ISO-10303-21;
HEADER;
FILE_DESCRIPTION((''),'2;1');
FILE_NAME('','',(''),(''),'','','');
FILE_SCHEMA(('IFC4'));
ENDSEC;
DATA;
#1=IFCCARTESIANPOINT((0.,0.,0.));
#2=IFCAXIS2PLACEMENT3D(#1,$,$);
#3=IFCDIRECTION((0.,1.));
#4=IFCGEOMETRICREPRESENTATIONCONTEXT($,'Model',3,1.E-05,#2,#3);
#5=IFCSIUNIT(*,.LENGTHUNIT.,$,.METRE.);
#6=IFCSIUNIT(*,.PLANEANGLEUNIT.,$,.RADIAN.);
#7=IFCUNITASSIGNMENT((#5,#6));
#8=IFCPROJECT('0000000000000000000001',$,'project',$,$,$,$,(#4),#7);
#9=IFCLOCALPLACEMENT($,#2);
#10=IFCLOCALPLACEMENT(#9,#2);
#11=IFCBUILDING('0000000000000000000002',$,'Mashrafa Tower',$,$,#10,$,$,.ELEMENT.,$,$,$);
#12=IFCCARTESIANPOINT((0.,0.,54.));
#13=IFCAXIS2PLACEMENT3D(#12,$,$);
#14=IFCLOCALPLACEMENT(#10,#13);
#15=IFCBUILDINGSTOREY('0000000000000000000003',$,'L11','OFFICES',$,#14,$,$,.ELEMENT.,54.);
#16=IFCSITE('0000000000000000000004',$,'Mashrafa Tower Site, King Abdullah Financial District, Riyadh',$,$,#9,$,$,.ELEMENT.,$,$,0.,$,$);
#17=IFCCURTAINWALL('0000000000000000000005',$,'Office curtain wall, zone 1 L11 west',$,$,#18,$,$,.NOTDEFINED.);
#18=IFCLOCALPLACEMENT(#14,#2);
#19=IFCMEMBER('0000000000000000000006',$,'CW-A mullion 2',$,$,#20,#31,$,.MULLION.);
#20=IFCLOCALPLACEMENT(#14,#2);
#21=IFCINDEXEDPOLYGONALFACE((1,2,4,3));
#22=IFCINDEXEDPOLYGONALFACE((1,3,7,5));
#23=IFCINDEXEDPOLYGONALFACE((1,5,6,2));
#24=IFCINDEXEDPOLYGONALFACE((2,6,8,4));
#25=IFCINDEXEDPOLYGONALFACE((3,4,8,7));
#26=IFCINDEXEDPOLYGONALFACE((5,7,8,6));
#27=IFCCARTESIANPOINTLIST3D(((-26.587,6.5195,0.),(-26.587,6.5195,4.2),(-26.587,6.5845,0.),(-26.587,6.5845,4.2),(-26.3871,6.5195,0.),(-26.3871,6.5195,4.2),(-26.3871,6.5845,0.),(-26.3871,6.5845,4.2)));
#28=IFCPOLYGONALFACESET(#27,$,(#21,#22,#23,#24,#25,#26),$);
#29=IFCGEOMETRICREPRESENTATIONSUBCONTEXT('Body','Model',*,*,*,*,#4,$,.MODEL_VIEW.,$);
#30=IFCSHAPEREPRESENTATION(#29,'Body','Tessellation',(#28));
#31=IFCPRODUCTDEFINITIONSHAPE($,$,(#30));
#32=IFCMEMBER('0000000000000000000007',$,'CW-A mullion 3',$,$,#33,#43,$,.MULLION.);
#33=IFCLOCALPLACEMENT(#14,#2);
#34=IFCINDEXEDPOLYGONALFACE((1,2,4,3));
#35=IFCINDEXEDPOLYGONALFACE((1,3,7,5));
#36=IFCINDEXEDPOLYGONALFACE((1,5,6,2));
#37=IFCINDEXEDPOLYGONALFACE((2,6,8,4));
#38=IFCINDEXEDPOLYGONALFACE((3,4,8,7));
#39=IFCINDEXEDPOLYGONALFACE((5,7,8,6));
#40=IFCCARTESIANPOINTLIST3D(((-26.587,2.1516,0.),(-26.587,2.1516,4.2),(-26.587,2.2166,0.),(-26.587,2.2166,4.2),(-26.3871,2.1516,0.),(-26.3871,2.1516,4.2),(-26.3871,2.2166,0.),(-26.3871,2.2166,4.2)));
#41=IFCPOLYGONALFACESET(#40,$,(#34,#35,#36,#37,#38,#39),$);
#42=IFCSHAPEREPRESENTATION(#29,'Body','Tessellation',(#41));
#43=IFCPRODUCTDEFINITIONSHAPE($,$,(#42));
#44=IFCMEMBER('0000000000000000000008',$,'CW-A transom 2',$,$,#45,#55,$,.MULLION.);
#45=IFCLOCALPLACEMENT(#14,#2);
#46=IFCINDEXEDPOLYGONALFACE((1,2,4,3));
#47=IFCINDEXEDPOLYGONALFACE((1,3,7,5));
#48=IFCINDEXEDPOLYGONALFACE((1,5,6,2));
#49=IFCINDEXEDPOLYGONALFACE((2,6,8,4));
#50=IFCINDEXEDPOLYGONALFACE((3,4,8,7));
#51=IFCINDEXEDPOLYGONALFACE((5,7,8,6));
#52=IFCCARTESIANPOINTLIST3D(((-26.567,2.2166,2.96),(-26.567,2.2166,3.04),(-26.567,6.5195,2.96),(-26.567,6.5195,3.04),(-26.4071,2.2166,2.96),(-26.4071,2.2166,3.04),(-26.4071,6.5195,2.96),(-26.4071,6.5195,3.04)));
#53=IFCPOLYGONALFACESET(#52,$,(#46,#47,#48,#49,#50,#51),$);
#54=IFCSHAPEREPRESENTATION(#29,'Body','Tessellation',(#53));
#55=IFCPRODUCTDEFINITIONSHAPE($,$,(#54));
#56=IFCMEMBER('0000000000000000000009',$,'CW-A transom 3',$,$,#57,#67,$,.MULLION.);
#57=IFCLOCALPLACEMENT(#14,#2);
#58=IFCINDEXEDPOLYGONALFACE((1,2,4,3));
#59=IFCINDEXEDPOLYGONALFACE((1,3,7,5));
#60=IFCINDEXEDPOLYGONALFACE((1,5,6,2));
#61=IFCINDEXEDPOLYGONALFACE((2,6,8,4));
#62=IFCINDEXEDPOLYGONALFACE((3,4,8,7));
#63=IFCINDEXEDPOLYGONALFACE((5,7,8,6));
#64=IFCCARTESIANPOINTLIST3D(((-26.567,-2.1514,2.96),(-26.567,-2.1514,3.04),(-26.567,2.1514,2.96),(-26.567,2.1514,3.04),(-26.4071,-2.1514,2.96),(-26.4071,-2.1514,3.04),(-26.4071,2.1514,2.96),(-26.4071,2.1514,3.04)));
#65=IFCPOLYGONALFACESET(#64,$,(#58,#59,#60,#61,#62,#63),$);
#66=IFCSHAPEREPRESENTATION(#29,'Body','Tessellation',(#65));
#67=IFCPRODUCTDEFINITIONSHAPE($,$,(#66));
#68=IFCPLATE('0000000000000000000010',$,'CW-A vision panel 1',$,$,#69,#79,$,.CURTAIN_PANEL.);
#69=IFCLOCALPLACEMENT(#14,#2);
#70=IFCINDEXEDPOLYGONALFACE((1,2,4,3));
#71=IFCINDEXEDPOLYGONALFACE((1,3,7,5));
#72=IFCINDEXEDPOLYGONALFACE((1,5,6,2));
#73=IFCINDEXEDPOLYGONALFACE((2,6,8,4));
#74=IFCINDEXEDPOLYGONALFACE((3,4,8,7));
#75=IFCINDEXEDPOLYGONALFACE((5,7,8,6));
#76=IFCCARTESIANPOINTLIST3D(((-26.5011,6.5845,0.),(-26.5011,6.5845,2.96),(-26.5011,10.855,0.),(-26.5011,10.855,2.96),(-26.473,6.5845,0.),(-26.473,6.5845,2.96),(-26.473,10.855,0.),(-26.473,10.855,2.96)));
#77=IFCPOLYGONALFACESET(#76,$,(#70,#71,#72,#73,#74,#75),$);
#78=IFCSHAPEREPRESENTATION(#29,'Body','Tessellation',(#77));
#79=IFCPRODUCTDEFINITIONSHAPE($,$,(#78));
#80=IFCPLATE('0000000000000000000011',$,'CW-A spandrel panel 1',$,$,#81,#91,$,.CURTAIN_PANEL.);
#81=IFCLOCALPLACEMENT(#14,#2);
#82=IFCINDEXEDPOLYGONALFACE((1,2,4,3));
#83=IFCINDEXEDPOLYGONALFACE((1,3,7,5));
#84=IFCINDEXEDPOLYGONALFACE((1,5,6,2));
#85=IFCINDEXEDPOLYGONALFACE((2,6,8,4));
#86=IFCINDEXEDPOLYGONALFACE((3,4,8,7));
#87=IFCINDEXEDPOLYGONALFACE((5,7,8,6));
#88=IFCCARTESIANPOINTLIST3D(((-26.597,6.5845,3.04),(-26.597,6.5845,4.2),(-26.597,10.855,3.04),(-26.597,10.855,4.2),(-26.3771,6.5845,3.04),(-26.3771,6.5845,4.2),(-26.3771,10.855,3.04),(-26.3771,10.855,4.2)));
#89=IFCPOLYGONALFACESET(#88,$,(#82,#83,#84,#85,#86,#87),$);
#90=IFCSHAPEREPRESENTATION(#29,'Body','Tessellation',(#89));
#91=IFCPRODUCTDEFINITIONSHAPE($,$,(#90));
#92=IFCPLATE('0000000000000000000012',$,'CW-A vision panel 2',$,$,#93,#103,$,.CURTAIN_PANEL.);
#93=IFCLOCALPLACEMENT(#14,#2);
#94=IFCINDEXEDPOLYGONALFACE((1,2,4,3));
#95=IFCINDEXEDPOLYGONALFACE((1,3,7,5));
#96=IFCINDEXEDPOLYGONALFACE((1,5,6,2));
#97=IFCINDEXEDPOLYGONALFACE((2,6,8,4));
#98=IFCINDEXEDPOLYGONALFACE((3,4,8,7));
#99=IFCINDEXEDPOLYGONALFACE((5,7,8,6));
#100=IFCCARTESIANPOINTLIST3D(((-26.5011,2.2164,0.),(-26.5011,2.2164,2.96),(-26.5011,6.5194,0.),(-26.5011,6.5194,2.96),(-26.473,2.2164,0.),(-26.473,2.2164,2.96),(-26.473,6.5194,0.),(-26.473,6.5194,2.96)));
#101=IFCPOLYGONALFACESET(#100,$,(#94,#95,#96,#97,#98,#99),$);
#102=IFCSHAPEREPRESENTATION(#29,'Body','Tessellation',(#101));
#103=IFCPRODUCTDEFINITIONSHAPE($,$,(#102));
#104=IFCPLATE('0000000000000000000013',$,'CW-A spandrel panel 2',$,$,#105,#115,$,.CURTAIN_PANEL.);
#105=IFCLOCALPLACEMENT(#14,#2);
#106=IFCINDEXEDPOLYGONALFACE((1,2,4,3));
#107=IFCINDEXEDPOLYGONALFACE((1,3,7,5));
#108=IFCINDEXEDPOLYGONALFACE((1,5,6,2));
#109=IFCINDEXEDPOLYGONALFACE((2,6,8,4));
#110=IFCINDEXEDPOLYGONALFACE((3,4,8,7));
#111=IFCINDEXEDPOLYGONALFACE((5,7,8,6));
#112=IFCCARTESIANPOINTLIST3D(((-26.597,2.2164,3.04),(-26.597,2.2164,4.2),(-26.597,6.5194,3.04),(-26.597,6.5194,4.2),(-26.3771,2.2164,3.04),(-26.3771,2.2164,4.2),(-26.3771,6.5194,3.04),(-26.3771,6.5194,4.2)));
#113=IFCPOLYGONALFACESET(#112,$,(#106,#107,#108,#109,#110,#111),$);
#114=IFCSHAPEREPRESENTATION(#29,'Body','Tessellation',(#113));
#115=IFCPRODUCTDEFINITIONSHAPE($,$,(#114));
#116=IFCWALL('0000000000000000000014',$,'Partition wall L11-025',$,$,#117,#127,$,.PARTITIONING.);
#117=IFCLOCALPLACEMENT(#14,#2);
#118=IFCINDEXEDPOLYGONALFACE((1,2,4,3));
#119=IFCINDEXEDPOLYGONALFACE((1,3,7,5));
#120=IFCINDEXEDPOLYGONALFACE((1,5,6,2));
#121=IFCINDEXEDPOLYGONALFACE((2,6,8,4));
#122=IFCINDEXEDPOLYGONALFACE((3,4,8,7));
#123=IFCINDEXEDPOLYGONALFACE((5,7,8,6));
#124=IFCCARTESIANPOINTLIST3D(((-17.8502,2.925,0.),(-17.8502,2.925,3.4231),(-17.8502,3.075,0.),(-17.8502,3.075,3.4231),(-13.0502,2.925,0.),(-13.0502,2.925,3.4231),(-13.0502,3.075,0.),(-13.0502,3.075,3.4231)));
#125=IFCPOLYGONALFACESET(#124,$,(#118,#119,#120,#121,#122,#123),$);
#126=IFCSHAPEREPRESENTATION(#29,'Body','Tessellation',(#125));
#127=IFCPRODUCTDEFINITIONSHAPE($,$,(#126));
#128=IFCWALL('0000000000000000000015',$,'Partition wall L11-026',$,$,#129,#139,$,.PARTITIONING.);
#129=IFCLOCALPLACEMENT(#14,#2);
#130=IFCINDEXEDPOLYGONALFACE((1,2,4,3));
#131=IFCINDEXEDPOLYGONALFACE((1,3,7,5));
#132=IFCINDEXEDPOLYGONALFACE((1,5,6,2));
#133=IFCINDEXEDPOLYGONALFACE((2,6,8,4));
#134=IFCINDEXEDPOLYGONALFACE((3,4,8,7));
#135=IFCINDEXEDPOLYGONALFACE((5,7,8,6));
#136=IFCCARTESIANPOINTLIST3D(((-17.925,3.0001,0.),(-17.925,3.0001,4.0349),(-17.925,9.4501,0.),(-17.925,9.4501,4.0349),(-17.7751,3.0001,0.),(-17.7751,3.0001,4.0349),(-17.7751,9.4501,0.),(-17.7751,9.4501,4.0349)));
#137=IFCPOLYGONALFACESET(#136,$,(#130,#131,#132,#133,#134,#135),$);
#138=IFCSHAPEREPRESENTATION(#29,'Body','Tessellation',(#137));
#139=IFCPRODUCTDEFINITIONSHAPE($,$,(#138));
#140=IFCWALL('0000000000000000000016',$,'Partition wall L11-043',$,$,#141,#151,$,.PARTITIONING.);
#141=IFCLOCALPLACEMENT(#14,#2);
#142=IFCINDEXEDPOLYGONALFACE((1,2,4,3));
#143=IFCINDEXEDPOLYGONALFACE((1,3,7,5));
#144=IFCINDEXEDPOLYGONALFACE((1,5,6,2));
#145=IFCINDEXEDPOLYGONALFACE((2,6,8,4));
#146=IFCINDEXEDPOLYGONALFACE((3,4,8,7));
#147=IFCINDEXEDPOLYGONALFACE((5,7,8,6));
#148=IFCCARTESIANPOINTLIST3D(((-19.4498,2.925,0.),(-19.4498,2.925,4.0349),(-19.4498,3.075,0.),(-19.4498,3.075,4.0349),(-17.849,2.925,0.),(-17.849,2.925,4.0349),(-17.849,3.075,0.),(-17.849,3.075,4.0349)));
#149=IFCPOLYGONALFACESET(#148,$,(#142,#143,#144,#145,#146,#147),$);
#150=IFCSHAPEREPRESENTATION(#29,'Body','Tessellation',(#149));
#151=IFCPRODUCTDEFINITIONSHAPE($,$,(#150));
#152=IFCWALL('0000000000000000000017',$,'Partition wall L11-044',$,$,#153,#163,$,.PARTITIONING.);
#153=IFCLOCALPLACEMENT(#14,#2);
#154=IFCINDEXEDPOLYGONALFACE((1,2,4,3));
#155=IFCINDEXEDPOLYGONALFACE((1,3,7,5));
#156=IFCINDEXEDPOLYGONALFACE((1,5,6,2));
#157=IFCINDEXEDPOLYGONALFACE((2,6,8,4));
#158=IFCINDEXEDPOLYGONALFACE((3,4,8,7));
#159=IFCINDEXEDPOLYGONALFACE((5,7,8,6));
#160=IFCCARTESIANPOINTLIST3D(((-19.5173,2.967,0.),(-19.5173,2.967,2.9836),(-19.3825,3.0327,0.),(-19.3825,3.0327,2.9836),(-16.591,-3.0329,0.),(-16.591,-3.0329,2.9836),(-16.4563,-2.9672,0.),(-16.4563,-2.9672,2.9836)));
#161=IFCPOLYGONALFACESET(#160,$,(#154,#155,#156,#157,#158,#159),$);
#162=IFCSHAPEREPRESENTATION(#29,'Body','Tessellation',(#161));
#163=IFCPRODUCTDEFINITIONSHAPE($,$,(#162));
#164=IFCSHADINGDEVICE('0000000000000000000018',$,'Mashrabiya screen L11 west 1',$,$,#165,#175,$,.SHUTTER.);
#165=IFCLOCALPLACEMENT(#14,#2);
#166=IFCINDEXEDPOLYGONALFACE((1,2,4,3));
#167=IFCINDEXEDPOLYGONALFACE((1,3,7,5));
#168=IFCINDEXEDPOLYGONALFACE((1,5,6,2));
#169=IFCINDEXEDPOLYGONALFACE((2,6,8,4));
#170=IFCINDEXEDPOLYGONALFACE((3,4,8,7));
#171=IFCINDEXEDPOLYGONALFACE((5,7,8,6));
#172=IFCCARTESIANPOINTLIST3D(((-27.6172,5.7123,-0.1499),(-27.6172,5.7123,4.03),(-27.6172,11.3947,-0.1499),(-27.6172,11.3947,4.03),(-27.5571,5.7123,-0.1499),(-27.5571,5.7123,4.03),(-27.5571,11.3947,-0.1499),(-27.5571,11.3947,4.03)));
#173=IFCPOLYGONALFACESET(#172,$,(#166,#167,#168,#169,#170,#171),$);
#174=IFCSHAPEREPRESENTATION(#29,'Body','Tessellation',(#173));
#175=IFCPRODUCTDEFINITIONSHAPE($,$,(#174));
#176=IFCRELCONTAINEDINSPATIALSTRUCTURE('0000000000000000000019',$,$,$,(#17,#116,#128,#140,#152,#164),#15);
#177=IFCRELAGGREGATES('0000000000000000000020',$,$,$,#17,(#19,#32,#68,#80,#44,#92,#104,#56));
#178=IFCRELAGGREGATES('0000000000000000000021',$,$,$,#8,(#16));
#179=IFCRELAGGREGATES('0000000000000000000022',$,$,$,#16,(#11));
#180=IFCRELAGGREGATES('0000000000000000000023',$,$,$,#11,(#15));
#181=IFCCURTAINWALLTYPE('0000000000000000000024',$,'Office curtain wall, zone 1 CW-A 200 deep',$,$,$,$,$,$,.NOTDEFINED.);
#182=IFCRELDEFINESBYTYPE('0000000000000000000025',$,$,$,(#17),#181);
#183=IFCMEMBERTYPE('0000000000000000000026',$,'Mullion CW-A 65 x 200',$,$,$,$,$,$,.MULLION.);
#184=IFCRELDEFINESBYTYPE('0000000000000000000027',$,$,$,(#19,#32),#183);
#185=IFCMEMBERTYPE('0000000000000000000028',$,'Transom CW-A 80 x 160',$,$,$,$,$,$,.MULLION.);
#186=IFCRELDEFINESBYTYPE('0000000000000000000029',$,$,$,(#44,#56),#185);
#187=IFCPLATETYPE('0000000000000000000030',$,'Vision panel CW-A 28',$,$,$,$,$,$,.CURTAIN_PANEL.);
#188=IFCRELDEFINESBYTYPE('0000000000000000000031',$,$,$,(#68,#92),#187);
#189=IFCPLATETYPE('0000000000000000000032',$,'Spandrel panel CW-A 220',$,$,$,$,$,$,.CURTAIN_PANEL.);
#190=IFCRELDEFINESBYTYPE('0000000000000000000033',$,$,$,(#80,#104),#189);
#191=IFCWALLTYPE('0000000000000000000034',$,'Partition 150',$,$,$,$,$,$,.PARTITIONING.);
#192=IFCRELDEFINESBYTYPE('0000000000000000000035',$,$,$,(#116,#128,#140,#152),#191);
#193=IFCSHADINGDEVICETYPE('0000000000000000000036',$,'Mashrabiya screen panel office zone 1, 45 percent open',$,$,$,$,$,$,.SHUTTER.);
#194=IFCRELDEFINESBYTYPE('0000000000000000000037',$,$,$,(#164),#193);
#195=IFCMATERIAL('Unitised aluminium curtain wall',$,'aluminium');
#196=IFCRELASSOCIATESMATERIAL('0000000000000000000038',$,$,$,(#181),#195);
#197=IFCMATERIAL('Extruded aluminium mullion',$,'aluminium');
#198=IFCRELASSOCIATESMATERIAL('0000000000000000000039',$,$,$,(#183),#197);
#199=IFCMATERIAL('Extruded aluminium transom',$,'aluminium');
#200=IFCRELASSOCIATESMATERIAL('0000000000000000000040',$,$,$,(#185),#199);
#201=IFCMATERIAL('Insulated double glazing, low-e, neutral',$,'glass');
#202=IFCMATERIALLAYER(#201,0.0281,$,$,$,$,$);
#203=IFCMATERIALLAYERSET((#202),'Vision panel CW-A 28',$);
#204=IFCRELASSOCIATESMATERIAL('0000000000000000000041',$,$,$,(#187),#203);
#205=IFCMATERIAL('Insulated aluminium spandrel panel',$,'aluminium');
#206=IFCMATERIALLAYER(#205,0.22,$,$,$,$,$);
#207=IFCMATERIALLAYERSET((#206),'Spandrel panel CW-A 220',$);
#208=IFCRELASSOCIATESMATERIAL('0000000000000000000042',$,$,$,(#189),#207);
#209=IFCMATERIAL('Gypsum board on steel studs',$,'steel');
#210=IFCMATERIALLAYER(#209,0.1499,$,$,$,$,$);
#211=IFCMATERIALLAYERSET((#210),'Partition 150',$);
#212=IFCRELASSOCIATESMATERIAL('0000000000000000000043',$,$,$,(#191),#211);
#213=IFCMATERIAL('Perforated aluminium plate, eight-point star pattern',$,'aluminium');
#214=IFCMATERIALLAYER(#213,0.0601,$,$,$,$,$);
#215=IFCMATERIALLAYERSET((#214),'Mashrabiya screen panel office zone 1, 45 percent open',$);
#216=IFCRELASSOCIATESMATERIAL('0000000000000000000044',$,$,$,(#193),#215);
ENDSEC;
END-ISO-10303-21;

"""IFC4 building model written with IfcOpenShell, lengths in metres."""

from ifc_helpers import new_model, si_unit, direction, frame, frame_2d, origin, origin_2d, place, context, subcontext, project, spatial, rectangle, extrude, source, transform, mapped, material, layer, layer_set, material_profile, profile_set, type_object, type_shapes, element, aggregate, save


model = new_model("IFC4")

# Units and contexts
model_context = context("Model", 3, precision=1e-05, world=origin(), true_north=direction((0.0, 1.0)))
body_context = subcontext(model_context, "Body", "Model", "MODEL_VIEW")
ifc_project = project(units=[si_unit("LENGTHUNIT", "METRE"), si_unit("PLANEANGLEUNIT", "RADIAN")], contexts=[model_context])

# Site, building, storey
site_placement = place(None, origin())
site = spatial("IfcSite", under=ifc_project, at=site_placement, Name="Mashrafa Tower Site, King Abdullah Financial District, Riyadh", CompositionType="ELEMENT", RefElevation=0.0)
building_placement = place(site_placement, origin())
building = spatial("IfcBuilding", under=site, at=building_placement, Name="Mashrafa Tower", CompositionType="ELEMENT")
storey_placement = place(building_placement, frame((0.0, 0.0, 54.0)))
storey = spatial("IfcBuildingStorey", under=building, at=storey_placement, Name="L11", Description="OFFICES", CompositionType="ELEMENT", Elevation=54.0)

# Curtain wall, members, plates
ifc_material_1 = material(Name="Unitised aluminium curtain wall", Category="aluminium")
curtain_wall_type = type_object("IfcCurtainWallType", Name="Office curtain wall, zone 1 CW-A 200 deep", PredefinedType="NOTDEFINED", material=ifc_material_1)
curtain_wall_placement = place(storey_placement, origin())
curtain_wall = element("IfcCurtainWall", 1, at=curtain_wall_placement, inside=storey, type_object=curtain_wall_type, Name="Office curtain wall, zone 1 L11 west", PredefinedType="NOTDEFINED")
ifc_material_2 = material(Name="Extruded aluminium mullion", Category="aluminium")
ifc_material_profile_1 = material_profile(ifc_material_2, rectangle(XDim=0.2, YDim=0.0649, at=origin_2d()), Name="Mullion 65x200")
ifc_profile_set_1 = profile_set([ifc_material_profile_1], Name="Extruded aluminium mullion")
member_type_1 = type_object("IfcMemberType", Name="Mullion CW-A 65 x 200", PredefinedType="MULLION", material=ifc_profile_set_1)
shared_shape_1 = source(origin(), body_context, "Body", "SweptSolid", [
    extrude(rectangle(XDim=0.2, YDim=0.0649, at=origin_2d()), origin(), (0.0, 0.0, 1.0), 4.2),
])
type_shapes(member_type_1, [shared_shape_1])
member_1_placement = place(storey_placement, frame((-26.4871, 6.552, 0.0), z_axis=(0.0, 0.0, 1.0), x_axis=(1.0, 0.0, 0.0)))
member_1 = element("IfcMember", 2, at=member_1_placement, type_object=member_type_1, Name="CW-A mullion 2", PredefinedType="MULLION", context=body_context, shape_type="MappedRepresentation", body=[
    mapped(shared_shape_1, transform((0.0, 0.0, 0.0))),
])
member_2_placement = place(storey_placement, frame((-26.4871, 2.1841, 0.0), z_axis=(0.0, 0.0, 1.0), x_axis=(1.0, 0.0, 0.0)))
member_2 = element("IfcMember", 3, at=member_2_placement, type_object=member_type_1, Name="CW-A mullion 3", PredefinedType="MULLION", context=body_context, shape_type="MappedRepresentation", body=[
    mapped(shared_shape_1, transform((0.0, 0.0, 0.0))),
])
ifc_material_3 = material(Name="Extruded aluminium transom", Category="aluminium")
ifc_material_profile_2 = material_profile(ifc_material_3, rectangle(XDim=0.1599, YDim=0.0801, at=origin_2d()), Name="Transom 80x160")
ifc_profile_set_2 = profile_set([ifc_material_profile_2], Name="Extruded aluminium transom")
member_type_2 = type_object("IfcMemberType", Name="Transom CW-A 80 x 160", PredefinedType="MULLION", material=ifc_profile_set_2)
shared_shape_2 = source(origin(), body_context, "Body", "SweptSolid", [
    extrude(rectangle(XDim=0.1599, YDim=0.0801, at=origin_2d()), origin(), (0.0, 0.0, 1.0), 4.303),
])
member_3_placement = place(storey_placement, frame((-26.4871, 6.5195, 3.0), z_axis=(0.0, -1.0, 0.0), x_axis=(1.0, 0.0, 0.0)))
member_3 = element("IfcMember", 4, at=member_3_placement, type_object=member_type_2, Name="CW-A transom 2", PredefinedType="MULLION", context=body_context, shape_type="MappedRepresentation", body=[
    mapped(shared_shape_2, transform((0.0, 0.0, 0.0))),
])
shared_shape_3 = source(origin(), body_context, "Body", "SweptSolid", [
    extrude(rectangle(XDim=0.1599, YDim=0.0801, at=origin_2d()), origin(), (0.0, 0.0, 1.0), 4.3027),
])
type_shapes(member_type_2, [shared_shape_2, shared_shape_3])
member_4_placement = place(storey_placement, frame((-26.4871, 2.1514, 3.0), z_axis=(0.0, -1.0, 0.0), x_axis=(1.0, 0.0, 0.0)))
member_4 = element("IfcMember", 5, at=member_4_placement, type_object=member_type_2, Name="CW-A transom 3", PredefinedType="MULLION", context=body_context, shape_type="MappedRepresentation", body=[
    mapped(shared_shape_3, transform((0.0, 0.0, 0.0))),
])
ifc_material_4 = material(Name="Insulated double glazing, low-e, neutral", Category="glass")
ifc_layer_1 = layer(ifc_material_4, 0.0281)
ifc_layer_set_1 = layer_set([ifc_layer_1], Name="Vision panel CW-A 28")
plate_type_1 = type_object("IfcPlateType", Name="Vision panel CW-A 28", PredefinedType="CURTAIN_PANEL", material=ifc_layer_set_1)
shared_shape_4 = source(origin(), body_context, "Body", "SweptSolid", [
    extrude(rectangle(XDim=4.2705, YDim=0.0281, at=origin_2d()), origin(), (0.0, 0.0, 1.0), 2.96),
])
plate_1_placement = place(storey_placement, frame((-26.4871, 8.7197, 0.0), z_axis=(0.0, 0.0, 1.0), x_axis=(0.0, -1.0, 0.0)))
plate_1 = element("IfcPlate", 6, at=plate_1_placement, type_object=plate_type_1, Name="CW-A vision panel 1", PredefinedType="CURTAIN_PANEL", context=body_context, shape_type="MappedRepresentation", body=[
    mapped(shared_shape_4, transform((0.0, 0.0, 0.0))),
])
ifc_material_5 = material(Name="Insulated aluminium spandrel panel", Category="aluminium")
ifc_layer_2 = layer(ifc_material_5, 0.22)
ifc_layer_set_2 = layer_set([ifc_layer_2], Name="Spandrel panel CW-A 220")
plate_type_2 = type_object("IfcPlateType", Name="Spandrel panel CW-A 220", PredefinedType="CURTAIN_PANEL", material=ifc_layer_set_2)
shared_shape_5 = source(origin(), body_context, "Body", "SweptSolid", [
    extrude(rectangle(XDim=4.2705, YDim=0.22, at=origin_2d()), origin(), (0.0, 0.0, 1.0), 1.1599),
])
plate_2_placement = place(storey_placement, frame((-26.4871, 8.7197, 3.04), z_axis=(0.0, 0.0, 1.0), x_axis=(0.0, -1.0, 0.0)))
plate_2 = element("IfcPlate", 7, at=plate_2_placement, type_object=plate_type_2, Name="CW-A spandrel panel 1", PredefinedType="CURTAIN_PANEL", context=body_context, shape_type="MappedRepresentation", body=[
    mapped(shared_shape_5, transform((0.0, 0.0, 0.0))),
])
shared_shape_6 = source(origin(), body_context, "Body", "SweptSolid", [
    extrude(rectangle(XDim=4.303, YDim=0.0281, at=origin_2d()), origin(), (0.0, 0.0, 1.0), 2.96),
])
type_shapes(plate_type_1, [shared_shape_4, shared_shape_6])
plate_3_placement = place(storey_placement, frame((-26.4871, 4.3679, 0.0), z_axis=(0.0, 0.0, 1.0), x_axis=(0.0, -1.0, 0.0)))
plate_3 = element("IfcPlate", 8, at=plate_3_placement, type_object=plate_type_1, Name="CW-A vision panel 2", PredefinedType="CURTAIN_PANEL", context=body_context, shape_type="MappedRepresentation", body=[
    mapped(shared_shape_6, transform((0.0, 0.0, 0.0))),
])
shared_shape_7 = source(origin(), body_context, "Body", "SweptSolid", [
    extrude(rectangle(XDim=4.303, YDim=0.22, at=origin_2d()), origin(), (0.0, 0.0, 1.0), 1.1599),
])
type_shapes(plate_type_2, [shared_shape_5, shared_shape_7])
plate_4_placement = place(storey_placement, frame((-26.4871, 4.3679, 3.04), z_axis=(0.0, 0.0, 1.0), x_axis=(0.0, -1.0, 0.0)))
plate_4 = element("IfcPlate", 9, at=plate_4_placement, type_object=plate_type_2, Name="CW-A spandrel panel 2", PredefinedType="CURTAIN_PANEL", context=body_context, shape_type="MappedRepresentation", body=[
    mapped(shared_shape_7, transform((0.0, 0.0, 0.0))),
])
aggregate(curtain_wall, [member_1, member_2, plate_1, plate_2, member_3, plate_3, plate_4, member_4])

# Walls
ifc_material_6 = material(Name="Gypsum board on steel studs", Category="steel")
ifc_layer_3 = layer(ifc_material_6, 0.1499)
ifc_layer_set_3 = layer_set([ifc_layer_3], Name="Partition 150")
wall_type = type_object("IfcWallType", Name="Partition 150", PredefinedType="PARTITIONING", material=ifc_layer_set_3)
wall_1_placement = place(storey_placement, frame((-17.8501, 3.0, 0.0), z_axis=(0.0, 0.0, 1.0), x_axis=(1.0, 0.0, 0.0)))
element("IfcWall", 10, at=wall_1_placement, inside=storey, type_object=wall_type, Name="Partition wall L11-025", PredefinedType="PARTITIONING", context=body_context, shape_type="SweptSolid", body=[
    extrude(rectangle(XDim=4.8, YDim=0.1499, at=frame_2d((2.3999, 0.0))), origin(), (0.0, 0.0, 1.0), 3.4231),
])
wall_2_placement = place(storey_placement, frame((-17.8501, 3.0, 0.0), z_axis=(0.0, 0.0, 1.0), x_axis=(0.0, 1.0, 0.0)))
element("IfcWall", 11, at=wall_2_placement, inside=storey, type_object=wall_type, Name="Partition wall L11-026", PredefinedType="PARTITIONING", context=body_context, shape_type="SweptSolid", body=[
    extrude(rectangle(XDim=6.45, YDim=0.1499, at=frame_2d((3.2251, 0.0))), origin(), (0.0, 0.0, 1.0), 4.0349),
])
wall_3_placement = place(storey_placement, frame((-17.8491, 3.0, 0.0), z_axis=(0.0, 0.0, 1.0), x_axis=(-1.0, 0.0, 0.0)))
element("IfcWall", 12, at=wall_3_placement, inside=storey, type_object=wall_type, Name="Partition wall L11-043", PredefinedType="PARTITIONING", context=body_context, shape_type="SweptSolid", body=[
    extrude(rectangle(XDim=1.6008, YDim=0.1499, at=frame_2d((0.8003, 0.0))), origin(), (0.0, 0.0, 1.0), 4.0349),
])
wall_4_placement = place(storey_placement, frame((-19.45, 3.0, 0.0), z_axis=(0.0, 0.0, 1.0), x_axis=(0.438356, -0.898801, 0.0)))
element("IfcWall", 13, at=wall_4_placement, inside=storey, type_object=wall_type, Name="Partition wall L11-044", PredefinedType="PARTITIONING", context=body_context, shape_type="SweptSolid", body=[
    extrude(rectangle(XDim=6.6755, YDim=0.1499, at=frame_2d((3.3379, 0.0))), origin(), (0.0, 0.0, 1.0), 2.9836),
])

# Shading device
ifc_material_7 = material(Name="Perforated aluminium plate, eight-point star pattern", Category="aluminium")
ifc_layer_4 = layer(ifc_material_7, 0.0601)
ifc_layer_set_4 = layer_set([ifc_layer_4], Name="Mashrabiya screen panel office zone 1, 45 percent open")
shading_device_type = type_object("IfcShadingDeviceType", Name="Mashrabiya screen panel office zone 1, 45 percent open", PredefinedType="SHUTTER", material=ifc_layer_set_4)
shared_shape_8 = source(origin(), body_context, "Body", "SweptSolid", [
    extrude(rectangle(XDim=5.6824, YDim=0.0601, at=origin_2d()), origin(), (0.0, 0.0, 1.0), 4.1799),
])
type_shapes(shading_device_type, [shared_shape_8])
for number, where, z_axis, x_axis, name in (
    (14, (-27.5872, 8.5535, -0.1499), (0.0, 0.0, 1.0), (0.0, -1.0, 0.0), "Mashrabiya screen L11 west 1"),
):
    element("IfcShadingDevice", number, at=place(storey_placement, frame(where, z_axis=z_axis, x_axis=x_axis)), inside=storey, type_object=shading_device_type, Name=name, PredefinedType="SHUTTER", context=body_context, shape_type="MappedRepresentation", body=[
        mapped(shared_shape_8, transform((0.0, 0.0, 0.0))),
    ])

save(model, "model.ifc")
